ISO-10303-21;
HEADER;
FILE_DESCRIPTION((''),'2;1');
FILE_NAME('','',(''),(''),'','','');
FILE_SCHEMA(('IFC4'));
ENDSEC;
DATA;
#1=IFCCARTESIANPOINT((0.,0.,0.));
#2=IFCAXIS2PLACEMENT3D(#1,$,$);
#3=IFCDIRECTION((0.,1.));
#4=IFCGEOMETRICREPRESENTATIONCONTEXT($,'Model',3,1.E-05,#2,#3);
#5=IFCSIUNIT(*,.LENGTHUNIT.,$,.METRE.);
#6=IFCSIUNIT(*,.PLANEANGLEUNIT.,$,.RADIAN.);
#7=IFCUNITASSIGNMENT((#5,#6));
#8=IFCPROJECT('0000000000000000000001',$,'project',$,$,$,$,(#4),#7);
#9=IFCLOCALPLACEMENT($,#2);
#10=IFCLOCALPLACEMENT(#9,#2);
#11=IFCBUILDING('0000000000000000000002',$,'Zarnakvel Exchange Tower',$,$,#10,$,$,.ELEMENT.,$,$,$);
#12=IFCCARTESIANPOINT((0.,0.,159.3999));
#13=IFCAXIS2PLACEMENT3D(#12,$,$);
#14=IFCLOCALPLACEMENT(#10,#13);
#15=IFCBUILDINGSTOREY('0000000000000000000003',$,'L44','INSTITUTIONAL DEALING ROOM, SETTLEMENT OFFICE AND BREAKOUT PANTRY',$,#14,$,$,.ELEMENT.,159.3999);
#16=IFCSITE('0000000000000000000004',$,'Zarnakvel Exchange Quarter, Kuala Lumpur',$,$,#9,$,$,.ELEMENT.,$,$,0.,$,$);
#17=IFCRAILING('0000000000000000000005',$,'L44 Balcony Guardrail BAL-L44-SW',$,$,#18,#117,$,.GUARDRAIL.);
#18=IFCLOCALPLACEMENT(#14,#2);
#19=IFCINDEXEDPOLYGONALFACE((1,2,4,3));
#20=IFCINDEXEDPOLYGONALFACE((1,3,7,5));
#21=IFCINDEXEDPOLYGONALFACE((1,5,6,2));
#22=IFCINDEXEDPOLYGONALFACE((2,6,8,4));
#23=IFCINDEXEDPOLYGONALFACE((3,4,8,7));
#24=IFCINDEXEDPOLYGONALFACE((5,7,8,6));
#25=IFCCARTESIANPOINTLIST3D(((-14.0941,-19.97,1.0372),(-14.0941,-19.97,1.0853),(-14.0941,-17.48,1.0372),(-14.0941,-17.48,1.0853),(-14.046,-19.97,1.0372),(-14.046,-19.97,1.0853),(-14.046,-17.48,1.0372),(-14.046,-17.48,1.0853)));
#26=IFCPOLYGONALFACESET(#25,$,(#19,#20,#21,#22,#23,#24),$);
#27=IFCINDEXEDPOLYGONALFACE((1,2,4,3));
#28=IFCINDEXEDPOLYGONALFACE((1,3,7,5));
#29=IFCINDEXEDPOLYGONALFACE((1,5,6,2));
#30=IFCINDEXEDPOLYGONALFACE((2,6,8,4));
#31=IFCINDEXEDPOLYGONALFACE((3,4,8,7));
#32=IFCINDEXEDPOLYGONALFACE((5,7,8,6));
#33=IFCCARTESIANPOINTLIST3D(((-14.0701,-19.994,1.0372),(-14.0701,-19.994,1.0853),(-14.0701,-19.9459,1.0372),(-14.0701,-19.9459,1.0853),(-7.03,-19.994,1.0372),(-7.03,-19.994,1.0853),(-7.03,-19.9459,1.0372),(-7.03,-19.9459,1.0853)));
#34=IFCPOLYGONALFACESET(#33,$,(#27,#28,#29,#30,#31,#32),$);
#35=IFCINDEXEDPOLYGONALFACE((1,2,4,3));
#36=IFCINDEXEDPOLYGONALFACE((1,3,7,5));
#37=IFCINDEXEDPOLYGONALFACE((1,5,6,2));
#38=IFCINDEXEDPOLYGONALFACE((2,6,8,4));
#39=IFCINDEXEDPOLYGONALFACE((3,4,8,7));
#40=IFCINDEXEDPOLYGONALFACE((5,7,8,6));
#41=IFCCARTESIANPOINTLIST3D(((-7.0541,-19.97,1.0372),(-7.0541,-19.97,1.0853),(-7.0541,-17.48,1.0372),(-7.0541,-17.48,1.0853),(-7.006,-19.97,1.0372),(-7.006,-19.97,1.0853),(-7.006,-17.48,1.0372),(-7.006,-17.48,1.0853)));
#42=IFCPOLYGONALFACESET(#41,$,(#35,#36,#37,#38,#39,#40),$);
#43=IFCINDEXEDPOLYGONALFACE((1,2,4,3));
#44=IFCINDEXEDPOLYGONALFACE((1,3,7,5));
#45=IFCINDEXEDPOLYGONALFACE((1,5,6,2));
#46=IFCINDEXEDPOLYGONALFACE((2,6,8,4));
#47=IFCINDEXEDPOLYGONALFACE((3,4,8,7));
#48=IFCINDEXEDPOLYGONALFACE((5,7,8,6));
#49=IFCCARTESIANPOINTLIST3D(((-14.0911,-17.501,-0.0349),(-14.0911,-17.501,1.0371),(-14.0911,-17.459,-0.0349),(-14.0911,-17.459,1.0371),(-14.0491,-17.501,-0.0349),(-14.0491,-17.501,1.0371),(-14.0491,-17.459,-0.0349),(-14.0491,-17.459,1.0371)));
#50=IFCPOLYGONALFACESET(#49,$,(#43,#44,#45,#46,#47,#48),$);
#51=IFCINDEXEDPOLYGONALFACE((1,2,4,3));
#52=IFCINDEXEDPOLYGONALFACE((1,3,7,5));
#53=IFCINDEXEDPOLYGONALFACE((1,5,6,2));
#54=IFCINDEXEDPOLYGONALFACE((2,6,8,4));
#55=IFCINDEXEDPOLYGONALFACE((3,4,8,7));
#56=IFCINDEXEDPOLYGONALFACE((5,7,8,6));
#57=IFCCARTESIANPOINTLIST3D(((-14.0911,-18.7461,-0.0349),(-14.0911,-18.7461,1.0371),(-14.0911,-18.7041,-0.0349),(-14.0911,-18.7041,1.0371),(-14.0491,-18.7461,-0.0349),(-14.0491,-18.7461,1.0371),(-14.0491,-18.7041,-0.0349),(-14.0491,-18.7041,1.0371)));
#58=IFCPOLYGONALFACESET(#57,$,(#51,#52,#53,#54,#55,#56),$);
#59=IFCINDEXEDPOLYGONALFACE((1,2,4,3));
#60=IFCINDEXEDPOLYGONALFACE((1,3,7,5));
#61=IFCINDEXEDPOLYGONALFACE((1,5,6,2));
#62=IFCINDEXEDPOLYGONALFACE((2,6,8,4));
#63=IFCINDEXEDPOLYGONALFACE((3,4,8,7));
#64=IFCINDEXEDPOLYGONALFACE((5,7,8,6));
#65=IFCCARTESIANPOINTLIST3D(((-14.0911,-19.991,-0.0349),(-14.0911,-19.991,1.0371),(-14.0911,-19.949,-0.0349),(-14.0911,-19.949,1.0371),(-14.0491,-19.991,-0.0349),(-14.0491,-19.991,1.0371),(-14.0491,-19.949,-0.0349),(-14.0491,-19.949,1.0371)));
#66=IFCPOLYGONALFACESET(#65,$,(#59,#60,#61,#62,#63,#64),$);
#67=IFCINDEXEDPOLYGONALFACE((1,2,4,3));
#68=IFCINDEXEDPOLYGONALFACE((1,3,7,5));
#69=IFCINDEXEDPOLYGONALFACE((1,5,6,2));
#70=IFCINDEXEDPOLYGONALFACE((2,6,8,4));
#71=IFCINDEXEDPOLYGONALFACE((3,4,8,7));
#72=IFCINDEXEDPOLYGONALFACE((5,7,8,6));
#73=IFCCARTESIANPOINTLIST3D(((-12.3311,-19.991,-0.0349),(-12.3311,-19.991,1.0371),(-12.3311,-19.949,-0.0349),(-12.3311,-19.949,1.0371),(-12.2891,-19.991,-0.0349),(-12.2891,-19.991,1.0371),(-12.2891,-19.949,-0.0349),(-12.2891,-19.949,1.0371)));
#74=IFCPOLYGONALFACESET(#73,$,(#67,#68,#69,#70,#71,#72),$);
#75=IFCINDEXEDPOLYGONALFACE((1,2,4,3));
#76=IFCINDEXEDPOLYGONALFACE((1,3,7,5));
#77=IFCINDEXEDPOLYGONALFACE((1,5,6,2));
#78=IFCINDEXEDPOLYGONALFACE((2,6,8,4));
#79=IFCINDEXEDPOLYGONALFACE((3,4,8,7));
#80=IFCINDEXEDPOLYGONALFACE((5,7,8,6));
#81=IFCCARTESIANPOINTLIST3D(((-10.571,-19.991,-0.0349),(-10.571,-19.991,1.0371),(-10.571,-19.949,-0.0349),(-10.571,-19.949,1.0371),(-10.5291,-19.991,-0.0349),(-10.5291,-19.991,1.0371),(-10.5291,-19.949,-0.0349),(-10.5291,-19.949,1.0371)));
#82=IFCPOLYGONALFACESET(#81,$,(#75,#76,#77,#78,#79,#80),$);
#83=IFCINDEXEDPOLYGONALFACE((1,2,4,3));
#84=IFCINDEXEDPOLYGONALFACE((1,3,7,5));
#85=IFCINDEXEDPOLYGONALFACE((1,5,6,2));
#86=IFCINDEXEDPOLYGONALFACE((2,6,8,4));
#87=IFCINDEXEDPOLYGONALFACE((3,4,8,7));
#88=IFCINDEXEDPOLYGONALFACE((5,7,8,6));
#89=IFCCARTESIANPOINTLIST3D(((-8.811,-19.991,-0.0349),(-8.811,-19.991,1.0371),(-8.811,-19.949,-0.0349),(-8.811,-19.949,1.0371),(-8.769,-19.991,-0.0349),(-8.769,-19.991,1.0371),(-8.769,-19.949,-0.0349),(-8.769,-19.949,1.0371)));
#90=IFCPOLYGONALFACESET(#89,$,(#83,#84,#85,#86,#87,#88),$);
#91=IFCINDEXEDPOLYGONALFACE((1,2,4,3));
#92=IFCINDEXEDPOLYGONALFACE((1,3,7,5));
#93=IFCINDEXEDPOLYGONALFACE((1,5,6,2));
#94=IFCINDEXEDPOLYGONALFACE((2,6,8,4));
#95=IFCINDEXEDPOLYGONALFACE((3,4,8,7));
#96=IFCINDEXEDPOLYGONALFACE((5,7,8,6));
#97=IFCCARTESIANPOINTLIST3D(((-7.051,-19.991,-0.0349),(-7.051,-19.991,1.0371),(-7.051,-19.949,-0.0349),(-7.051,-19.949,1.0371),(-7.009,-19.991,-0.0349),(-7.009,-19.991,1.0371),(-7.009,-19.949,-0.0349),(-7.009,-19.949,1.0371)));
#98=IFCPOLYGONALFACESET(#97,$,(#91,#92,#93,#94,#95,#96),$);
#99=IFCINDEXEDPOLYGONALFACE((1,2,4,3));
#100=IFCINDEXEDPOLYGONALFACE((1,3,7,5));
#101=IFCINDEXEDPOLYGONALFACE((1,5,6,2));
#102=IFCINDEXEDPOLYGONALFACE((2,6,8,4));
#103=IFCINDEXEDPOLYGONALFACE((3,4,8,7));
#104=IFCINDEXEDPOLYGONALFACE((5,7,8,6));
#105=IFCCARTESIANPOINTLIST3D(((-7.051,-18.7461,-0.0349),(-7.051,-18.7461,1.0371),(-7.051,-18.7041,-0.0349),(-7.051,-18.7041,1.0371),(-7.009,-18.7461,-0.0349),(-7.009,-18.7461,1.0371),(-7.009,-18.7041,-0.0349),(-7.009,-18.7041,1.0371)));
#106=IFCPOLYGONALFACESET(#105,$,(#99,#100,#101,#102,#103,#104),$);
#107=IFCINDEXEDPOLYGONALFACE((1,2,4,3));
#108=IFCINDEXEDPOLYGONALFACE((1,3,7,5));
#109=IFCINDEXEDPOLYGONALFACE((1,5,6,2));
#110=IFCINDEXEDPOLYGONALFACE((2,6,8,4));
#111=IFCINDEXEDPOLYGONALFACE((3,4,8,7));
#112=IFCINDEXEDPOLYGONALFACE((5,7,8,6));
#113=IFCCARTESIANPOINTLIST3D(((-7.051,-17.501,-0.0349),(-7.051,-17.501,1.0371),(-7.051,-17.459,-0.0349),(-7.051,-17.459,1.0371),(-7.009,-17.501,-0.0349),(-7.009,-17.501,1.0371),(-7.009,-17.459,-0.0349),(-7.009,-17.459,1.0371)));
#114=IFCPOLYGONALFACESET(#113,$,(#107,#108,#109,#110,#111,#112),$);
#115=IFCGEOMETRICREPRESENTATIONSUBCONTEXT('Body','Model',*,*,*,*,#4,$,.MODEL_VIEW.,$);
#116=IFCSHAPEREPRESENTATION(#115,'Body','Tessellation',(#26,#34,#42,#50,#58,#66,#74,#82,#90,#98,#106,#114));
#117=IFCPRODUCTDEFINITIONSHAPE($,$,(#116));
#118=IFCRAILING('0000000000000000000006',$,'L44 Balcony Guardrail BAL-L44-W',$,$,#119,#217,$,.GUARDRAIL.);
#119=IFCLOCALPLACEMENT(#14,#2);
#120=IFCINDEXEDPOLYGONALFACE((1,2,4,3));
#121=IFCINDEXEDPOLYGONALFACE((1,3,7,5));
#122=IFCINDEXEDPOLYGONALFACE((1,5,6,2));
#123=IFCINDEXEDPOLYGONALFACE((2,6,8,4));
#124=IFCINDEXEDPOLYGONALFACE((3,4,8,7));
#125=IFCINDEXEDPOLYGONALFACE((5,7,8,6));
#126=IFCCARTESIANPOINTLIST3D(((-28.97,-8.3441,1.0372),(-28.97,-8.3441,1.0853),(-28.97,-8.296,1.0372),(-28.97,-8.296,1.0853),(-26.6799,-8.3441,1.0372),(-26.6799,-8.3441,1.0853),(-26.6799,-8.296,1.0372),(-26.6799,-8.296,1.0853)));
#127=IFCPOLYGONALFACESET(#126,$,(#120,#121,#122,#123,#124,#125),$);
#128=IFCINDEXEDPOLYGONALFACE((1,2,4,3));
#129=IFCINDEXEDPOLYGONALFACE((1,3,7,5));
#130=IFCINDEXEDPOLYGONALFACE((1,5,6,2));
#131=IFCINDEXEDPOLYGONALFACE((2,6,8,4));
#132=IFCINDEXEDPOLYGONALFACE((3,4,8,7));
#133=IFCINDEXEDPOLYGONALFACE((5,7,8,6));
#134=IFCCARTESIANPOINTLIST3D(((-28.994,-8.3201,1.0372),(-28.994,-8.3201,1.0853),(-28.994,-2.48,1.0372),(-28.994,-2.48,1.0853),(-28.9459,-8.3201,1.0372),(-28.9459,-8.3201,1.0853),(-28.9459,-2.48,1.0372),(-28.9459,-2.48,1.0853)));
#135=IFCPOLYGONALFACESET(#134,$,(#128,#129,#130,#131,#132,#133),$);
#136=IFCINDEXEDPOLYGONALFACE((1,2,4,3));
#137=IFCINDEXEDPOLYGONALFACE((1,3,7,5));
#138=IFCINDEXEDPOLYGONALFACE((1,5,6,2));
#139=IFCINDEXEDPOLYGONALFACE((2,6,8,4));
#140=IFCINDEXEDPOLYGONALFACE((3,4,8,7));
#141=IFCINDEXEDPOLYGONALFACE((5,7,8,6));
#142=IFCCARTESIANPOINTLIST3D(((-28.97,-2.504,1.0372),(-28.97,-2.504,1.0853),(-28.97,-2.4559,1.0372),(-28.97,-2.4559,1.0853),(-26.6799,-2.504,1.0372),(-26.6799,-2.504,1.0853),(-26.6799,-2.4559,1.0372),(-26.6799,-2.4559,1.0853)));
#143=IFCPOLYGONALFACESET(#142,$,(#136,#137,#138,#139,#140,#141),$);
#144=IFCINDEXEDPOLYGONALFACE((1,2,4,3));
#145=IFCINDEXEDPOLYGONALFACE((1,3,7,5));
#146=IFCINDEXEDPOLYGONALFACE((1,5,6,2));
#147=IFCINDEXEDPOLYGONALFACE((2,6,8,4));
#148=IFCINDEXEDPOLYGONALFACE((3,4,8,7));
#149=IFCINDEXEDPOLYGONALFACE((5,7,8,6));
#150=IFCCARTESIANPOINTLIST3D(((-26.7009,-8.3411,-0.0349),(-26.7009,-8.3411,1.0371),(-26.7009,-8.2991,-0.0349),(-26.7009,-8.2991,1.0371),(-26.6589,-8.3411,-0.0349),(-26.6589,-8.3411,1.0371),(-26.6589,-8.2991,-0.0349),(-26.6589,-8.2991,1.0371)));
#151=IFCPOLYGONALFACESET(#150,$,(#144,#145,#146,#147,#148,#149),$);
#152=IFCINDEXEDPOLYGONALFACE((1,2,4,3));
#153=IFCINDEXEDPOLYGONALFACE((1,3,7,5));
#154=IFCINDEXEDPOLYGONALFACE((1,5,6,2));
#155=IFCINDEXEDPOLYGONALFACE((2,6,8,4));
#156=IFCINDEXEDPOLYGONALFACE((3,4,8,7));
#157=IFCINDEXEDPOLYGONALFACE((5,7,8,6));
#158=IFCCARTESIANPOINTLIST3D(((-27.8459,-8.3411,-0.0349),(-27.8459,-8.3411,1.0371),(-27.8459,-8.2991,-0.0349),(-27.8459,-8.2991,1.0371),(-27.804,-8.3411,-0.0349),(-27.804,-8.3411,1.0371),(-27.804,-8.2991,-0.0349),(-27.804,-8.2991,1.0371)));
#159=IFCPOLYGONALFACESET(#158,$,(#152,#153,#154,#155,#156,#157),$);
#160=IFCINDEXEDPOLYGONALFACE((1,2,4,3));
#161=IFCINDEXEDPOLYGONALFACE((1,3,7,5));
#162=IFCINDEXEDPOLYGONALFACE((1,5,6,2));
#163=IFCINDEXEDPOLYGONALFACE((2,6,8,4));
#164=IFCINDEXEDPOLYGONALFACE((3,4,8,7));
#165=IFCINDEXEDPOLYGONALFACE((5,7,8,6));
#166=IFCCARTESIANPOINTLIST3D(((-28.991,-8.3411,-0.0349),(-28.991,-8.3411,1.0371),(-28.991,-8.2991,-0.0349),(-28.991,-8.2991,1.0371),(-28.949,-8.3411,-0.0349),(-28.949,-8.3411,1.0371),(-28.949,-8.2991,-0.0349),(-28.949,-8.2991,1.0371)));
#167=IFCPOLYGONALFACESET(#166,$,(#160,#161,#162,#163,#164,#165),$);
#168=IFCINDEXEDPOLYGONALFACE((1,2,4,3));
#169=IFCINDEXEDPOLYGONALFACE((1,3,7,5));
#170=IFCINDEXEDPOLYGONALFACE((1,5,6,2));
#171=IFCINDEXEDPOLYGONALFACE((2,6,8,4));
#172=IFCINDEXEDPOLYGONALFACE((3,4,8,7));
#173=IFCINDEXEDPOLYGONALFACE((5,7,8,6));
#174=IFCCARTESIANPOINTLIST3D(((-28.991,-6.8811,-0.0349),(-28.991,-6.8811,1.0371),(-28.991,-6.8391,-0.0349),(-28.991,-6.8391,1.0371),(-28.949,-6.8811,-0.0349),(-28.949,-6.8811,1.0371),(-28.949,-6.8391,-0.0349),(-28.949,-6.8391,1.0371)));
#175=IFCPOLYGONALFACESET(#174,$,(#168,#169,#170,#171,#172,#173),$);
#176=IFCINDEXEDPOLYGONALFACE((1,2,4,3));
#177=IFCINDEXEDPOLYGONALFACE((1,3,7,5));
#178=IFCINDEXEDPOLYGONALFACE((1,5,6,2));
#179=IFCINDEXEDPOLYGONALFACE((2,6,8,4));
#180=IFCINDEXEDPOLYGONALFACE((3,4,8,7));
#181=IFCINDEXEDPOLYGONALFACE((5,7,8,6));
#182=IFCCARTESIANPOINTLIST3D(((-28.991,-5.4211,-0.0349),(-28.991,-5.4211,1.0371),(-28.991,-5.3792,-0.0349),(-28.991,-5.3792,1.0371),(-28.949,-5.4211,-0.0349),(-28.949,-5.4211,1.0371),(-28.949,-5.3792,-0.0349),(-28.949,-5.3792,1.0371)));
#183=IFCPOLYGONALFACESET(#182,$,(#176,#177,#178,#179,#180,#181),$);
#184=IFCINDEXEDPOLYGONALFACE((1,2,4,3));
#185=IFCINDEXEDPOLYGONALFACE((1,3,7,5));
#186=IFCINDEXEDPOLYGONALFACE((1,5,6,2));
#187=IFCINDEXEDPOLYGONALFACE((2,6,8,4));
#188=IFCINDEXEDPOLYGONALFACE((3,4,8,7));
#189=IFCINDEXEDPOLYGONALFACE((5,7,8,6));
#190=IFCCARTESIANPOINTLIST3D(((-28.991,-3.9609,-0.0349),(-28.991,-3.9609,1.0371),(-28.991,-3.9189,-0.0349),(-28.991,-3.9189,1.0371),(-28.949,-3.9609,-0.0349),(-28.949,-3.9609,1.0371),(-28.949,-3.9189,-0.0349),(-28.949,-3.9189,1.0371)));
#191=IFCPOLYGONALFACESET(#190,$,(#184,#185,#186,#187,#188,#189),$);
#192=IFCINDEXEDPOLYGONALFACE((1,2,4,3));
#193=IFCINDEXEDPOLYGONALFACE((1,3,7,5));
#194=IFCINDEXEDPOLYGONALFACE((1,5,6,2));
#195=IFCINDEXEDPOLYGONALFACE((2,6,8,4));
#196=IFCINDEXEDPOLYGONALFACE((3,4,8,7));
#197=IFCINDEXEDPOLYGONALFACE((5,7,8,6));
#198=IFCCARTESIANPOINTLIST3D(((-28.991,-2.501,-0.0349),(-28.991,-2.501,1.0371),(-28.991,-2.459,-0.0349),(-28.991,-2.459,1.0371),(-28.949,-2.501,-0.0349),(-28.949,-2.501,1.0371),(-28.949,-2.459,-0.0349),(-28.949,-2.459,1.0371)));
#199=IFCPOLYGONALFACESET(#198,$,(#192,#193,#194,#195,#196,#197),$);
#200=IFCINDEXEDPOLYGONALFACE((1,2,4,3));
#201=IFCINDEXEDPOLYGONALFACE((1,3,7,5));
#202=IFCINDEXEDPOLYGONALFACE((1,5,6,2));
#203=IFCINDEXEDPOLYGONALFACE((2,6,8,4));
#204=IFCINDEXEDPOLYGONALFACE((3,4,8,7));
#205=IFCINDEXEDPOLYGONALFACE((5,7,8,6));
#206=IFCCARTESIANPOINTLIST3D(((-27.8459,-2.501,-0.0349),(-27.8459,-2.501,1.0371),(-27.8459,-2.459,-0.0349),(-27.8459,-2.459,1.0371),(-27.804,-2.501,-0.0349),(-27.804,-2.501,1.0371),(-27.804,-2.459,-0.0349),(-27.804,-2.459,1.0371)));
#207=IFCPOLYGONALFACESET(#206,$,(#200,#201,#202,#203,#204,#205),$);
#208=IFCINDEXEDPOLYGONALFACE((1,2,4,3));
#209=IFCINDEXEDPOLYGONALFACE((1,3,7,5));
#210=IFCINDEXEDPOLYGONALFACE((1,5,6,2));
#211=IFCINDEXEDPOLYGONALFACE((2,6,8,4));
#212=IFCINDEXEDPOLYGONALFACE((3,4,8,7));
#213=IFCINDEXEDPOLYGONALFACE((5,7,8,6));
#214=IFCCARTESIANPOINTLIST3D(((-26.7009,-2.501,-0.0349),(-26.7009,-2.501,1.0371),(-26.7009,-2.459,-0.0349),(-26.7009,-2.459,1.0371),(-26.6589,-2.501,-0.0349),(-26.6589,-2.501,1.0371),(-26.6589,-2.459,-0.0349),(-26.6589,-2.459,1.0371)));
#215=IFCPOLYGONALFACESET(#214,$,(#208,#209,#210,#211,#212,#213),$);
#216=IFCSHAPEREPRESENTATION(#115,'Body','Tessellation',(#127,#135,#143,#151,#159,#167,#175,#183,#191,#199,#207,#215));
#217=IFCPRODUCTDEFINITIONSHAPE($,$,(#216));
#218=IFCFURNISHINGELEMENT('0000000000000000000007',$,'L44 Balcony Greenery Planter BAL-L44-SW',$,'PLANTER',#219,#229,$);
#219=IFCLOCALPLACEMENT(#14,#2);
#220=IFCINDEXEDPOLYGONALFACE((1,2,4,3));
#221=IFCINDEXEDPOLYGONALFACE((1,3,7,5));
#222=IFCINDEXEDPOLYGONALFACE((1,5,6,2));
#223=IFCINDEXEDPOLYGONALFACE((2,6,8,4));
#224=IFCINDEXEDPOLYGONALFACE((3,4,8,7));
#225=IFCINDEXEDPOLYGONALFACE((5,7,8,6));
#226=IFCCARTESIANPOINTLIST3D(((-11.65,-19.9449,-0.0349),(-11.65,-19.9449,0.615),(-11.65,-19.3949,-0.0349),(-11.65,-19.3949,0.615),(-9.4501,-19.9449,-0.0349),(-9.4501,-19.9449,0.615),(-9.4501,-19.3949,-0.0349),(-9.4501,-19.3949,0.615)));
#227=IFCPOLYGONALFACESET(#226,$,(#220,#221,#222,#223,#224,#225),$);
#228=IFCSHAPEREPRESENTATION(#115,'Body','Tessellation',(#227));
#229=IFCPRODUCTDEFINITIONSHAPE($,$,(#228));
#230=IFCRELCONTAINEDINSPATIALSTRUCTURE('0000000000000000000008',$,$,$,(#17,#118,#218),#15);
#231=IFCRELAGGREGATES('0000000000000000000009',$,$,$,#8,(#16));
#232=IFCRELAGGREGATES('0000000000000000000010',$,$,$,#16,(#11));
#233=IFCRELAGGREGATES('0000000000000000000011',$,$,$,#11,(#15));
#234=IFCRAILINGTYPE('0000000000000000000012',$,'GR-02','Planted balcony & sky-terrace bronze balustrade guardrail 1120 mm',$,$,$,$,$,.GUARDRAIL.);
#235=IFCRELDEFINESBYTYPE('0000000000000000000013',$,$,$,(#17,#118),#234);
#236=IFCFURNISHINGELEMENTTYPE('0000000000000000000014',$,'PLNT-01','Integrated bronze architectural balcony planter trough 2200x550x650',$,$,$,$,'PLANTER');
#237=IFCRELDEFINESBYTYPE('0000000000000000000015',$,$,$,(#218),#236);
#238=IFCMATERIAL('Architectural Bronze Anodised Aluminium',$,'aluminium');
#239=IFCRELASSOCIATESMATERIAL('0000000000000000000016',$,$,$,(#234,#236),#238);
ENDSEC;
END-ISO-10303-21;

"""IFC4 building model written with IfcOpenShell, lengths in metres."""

from ifc_helpers import new_model, si_unit, direction, frame, origin, origin_2d, place, context, subcontext, project, spatial, rectangle, extrude, source, transform, mapped, material, type_object, element, save


model = new_model("IFC4")

# Units and contexts
model_context = context("Model", 3, precision=1e-05, world=origin(), true_north=direction((0.0, 1.0)))
body_context = subcontext(model_context, "Body", "Model", "MODEL_VIEW")
ifc_project = project(units=[si_unit("LENGTHUNIT", "METRE"), si_unit("PLANEANGLEUNIT", "RADIAN")], contexts=[model_context])

# Site, building, storey
site_placement = place(None, origin())
site = spatial("IfcSite", under=ifc_project, at=site_placement, Name="Zarnakvel Exchange Quarter, Kuala Lumpur", CompositionType="ELEMENT", RefElevation=0.0)
building_placement = place(site_placement, origin())
building = spatial("IfcBuilding", under=site, at=building_placement, Name="Zarnakvel Exchange Tower", CompositionType="ELEMENT")
storey_placement = place(building_placement, frame((0.0, 0.0, 159.3999)))
storey = spatial("IfcBuildingStorey", under=building, at=storey_placement, Name="L44", Description="INSTITUTIONAL DEALING ROOM, SETTLEMENT OFFICE AND BREAKOUT PANTRY", CompositionType="ELEMENT", Elevation=159.3999)

# Shared definitions
ifc_material_1 = material(Name="Architectural Bronze Anodised Aluminium", Category="aluminium")

# Railings
railing_type = type_object("IfcRailingType", Name="GR-02", Description="Planted balcony & sky-terrace bronze balustrade guardrail 1120 mm", PredefinedType="GUARDRAIL", material=ifc_material_1)
railing_1_placement = place(storey_placement, frame((-14.0701, -17.48, -0.0349)))
element("IfcRailing", 1, at=railing_1_placement, inside=storey, type_object=railing_type, Name="L44 Balcony Guardrail BAL-L44-SW", PredefinedType="GUARDRAIL", context=body_context, shape_type="SweptSolid", body=[
    extrude(rectangle(XDim=0.0481, YDim=0.0481, at=origin_2d()), frame((0.0, 0.0, 1.0962), z_axis=(0.0, -1.0, 0.0), x_axis=(1.0, 0.0, 0.0)), (0.0, 0.0, 1.0), 2.49),
    extrude(rectangle(XDim=0.0481, YDim=0.0481, at=origin_2d()), frame((0.0, -2.49, 1.0962), z_axis=(1.0, 0.0, 0.0), x_axis=(0.0, 1.0, 0.0)), (0.0, 0.0, 1.0), 7.04),
    extrude(rectangle(XDim=0.0481, YDim=0.0481, at=origin_2d()), frame((7.04, -2.49, 1.0962), z_axis=(0.0, 1.0, 0.0), x_axis=(-1.0, 0.0, 0.0)), (0.0, 0.0, 1.0), 2.49),
    extrude(rectangle(XDim=0.042, YDim=0.042, at=origin_2d()), origin(), (0.0, 0.0, 1.0), 1.072),
    extrude(rectangle(XDim=0.042, YDim=0.042, at=origin_2d()), frame((0.0, -1.2451, 0.0)), (0.0, 0.0, 1.0), 1.072),
    extrude(rectangle(XDim=0.042, YDim=0.042, at=origin_2d()), frame((0.0, -2.49, 0.0)), (0.0, 0.0, 1.0), 1.072),
    extrude(rectangle(XDim=0.042, YDim=0.042, at=origin_2d()), frame((1.76, -2.49, 0.0)), (0.0, 0.0, 1.0), 1.072),
    extrude(rectangle(XDim=0.042, YDim=0.042, at=origin_2d()), frame((3.52, -2.49, 0.0)), (0.0, 0.0, 1.0), 1.072),
    extrude(rectangle(XDim=0.042, YDim=0.042, at=origin_2d()), frame((5.28, -2.49, 0.0)), (0.0, 0.0, 1.0), 1.072),
    extrude(rectangle(XDim=0.042, YDim=0.042, at=origin_2d()), frame((7.04, -2.49, 0.0)), (0.0, 0.0, 1.0), 1.072),
    extrude(rectangle(XDim=0.042, YDim=0.042, at=origin_2d()), frame((7.04, -1.2451, 0.0)), (0.0, 0.0, 1.0), 1.072),
    extrude(rectangle(XDim=0.042, YDim=0.042, at=origin_2d()), frame((7.04, 0.0, 0.0)), (0.0, 0.0, 1.0), 1.072),
])
railing_2_placement = place(storey_placement, frame((-26.6799, -8.3201, -0.0349)))
element("IfcRailing", 2, at=railing_2_placement, inside=storey, type_object=railing_type, Name="L44 Balcony Guardrail BAL-L44-W", PredefinedType="GUARDRAIL", context=body_context, shape_type="SweptSolid", body=[
    extrude(rectangle(XDim=0.0481, YDim=0.0481, at=origin_2d()), frame((0.0, 0.0, 1.0962), z_axis=(-1.0, 0.0, 0.0), x_axis=(0.0, -1.0, 0.0)), (0.0, 0.0, 1.0), 2.29),
    extrude(rectangle(XDim=0.0481, YDim=0.0481, at=origin_2d()), frame((-2.29, 0.0, 1.0962), z_axis=(0.0, 1.0, 0.0), x_axis=(-1.0, 0.0, 0.0)), (0.0, 0.0, 1.0), 5.8401),
    extrude(rectangle(XDim=0.0481, YDim=0.0481, at=origin_2d()), frame((-2.29, 5.8401, 1.0962), z_axis=(1.0, 0.0, 0.0), x_axis=(0.0, 1.0, 0.0)), (0.0, 0.0, 1.0), 2.29),
    extrude(rectangle(XDim=0.042, YDim=0.042, at=origin_2d()), origin(), (0.0, 0.0, 1.0), 1.072),
    extrude(rectangle(XDim=0.042, YDim=0.042, at=origin_2d()), frame((-1.145, 0.0, 0.0)), (0.0, 0.0, 1.0), 1.072),
    extrude(rectangle(XDim=0.042, YDim=0.042, at=origin_2d()), frame((-2.29, 0.0, 0.0)), (0.0, 0.0, 1.0), 1.072),
    extrude(rectangle(XDim=0.042, YDim=0.042, at=origin_2d()), frame((-2.29, 1.46, 0.0)), (0.0, 0.0, 1.0), 1.072),
    extrude(rectangle(XDim=0.042, YDim=0.042, at=origin_2d()), frame((-2.29, 2.9199, 0.0)), (0.0, 0.0, 1.0), 1.072),
    extrude(rectangle(XDim=0.042, YDim=0.042, at=origin_2d()), frame((-2.29, 4.3801, 0.0)), (0.0, 0.0, 1.0), 1.072),
    extrude(rectangle(XDim=0.042, YDim=0.042, at=origin_2d()), frame((-2.29, 5.8401, 0.0)), (0.0, 0.0, 1.0), 1.072),
    extrude(rectangle(XDim=0.042, YDim=0.042, at=origin_2d()), frame((-1.145, 5.8401, 0.0)), (0.0, 0.0, 1.0), 1.072),
    extrude(rectangle(XDim=0.042, YDim=0.042, at=origin_2d()), frame((0.0, 5.8401, 0.0)), (0.0, 0.0, 1.0), 1.072),
])

# Furnishing element
furnishing_element_type = type_object("IfcFurnishingElementType", Name="PLNT-01", Description="Integrated bronze architectural balcony planter trough 2200x550x650", ElementType="PLANTER", material=ifc_material_1)
shared_shape_1 = source(origin(), body_context, "Body", "SweptSolid", [
    extrude(rectangle(XDim=2.2, YDim=0.55, at=origin_2d()), origin(), (0.0, 0.0, 1.0), 0.6499),
])
furnishing_placement = place(storey_placement, frame((-10.55, -19.6699, -0.0349), z_axis=(0.0, 0.0, 1.0), x_axis=(1.0, 0.0, 0.0)))
element("IfcFurnishingElement", 3, at=furnishing_placement, inside=storey, type_object=furnishing_element_type, Name="L44 Balcony Greenery Planter BAL-L44-SW", ObjectType="PLANTER", context=body_context, shape_type="MappedRepresentation", body=[
    mapped(shared_shape_1, transform((0.0, 0.0, 0.0), x_axis=(1.0, 0.0, 0.0), y_axis=(0.0, 1.0, 0.0), z_axis=(0.0, 0.0, 1.0), scale=1.0)),
])

save(model, "model.ifc")
